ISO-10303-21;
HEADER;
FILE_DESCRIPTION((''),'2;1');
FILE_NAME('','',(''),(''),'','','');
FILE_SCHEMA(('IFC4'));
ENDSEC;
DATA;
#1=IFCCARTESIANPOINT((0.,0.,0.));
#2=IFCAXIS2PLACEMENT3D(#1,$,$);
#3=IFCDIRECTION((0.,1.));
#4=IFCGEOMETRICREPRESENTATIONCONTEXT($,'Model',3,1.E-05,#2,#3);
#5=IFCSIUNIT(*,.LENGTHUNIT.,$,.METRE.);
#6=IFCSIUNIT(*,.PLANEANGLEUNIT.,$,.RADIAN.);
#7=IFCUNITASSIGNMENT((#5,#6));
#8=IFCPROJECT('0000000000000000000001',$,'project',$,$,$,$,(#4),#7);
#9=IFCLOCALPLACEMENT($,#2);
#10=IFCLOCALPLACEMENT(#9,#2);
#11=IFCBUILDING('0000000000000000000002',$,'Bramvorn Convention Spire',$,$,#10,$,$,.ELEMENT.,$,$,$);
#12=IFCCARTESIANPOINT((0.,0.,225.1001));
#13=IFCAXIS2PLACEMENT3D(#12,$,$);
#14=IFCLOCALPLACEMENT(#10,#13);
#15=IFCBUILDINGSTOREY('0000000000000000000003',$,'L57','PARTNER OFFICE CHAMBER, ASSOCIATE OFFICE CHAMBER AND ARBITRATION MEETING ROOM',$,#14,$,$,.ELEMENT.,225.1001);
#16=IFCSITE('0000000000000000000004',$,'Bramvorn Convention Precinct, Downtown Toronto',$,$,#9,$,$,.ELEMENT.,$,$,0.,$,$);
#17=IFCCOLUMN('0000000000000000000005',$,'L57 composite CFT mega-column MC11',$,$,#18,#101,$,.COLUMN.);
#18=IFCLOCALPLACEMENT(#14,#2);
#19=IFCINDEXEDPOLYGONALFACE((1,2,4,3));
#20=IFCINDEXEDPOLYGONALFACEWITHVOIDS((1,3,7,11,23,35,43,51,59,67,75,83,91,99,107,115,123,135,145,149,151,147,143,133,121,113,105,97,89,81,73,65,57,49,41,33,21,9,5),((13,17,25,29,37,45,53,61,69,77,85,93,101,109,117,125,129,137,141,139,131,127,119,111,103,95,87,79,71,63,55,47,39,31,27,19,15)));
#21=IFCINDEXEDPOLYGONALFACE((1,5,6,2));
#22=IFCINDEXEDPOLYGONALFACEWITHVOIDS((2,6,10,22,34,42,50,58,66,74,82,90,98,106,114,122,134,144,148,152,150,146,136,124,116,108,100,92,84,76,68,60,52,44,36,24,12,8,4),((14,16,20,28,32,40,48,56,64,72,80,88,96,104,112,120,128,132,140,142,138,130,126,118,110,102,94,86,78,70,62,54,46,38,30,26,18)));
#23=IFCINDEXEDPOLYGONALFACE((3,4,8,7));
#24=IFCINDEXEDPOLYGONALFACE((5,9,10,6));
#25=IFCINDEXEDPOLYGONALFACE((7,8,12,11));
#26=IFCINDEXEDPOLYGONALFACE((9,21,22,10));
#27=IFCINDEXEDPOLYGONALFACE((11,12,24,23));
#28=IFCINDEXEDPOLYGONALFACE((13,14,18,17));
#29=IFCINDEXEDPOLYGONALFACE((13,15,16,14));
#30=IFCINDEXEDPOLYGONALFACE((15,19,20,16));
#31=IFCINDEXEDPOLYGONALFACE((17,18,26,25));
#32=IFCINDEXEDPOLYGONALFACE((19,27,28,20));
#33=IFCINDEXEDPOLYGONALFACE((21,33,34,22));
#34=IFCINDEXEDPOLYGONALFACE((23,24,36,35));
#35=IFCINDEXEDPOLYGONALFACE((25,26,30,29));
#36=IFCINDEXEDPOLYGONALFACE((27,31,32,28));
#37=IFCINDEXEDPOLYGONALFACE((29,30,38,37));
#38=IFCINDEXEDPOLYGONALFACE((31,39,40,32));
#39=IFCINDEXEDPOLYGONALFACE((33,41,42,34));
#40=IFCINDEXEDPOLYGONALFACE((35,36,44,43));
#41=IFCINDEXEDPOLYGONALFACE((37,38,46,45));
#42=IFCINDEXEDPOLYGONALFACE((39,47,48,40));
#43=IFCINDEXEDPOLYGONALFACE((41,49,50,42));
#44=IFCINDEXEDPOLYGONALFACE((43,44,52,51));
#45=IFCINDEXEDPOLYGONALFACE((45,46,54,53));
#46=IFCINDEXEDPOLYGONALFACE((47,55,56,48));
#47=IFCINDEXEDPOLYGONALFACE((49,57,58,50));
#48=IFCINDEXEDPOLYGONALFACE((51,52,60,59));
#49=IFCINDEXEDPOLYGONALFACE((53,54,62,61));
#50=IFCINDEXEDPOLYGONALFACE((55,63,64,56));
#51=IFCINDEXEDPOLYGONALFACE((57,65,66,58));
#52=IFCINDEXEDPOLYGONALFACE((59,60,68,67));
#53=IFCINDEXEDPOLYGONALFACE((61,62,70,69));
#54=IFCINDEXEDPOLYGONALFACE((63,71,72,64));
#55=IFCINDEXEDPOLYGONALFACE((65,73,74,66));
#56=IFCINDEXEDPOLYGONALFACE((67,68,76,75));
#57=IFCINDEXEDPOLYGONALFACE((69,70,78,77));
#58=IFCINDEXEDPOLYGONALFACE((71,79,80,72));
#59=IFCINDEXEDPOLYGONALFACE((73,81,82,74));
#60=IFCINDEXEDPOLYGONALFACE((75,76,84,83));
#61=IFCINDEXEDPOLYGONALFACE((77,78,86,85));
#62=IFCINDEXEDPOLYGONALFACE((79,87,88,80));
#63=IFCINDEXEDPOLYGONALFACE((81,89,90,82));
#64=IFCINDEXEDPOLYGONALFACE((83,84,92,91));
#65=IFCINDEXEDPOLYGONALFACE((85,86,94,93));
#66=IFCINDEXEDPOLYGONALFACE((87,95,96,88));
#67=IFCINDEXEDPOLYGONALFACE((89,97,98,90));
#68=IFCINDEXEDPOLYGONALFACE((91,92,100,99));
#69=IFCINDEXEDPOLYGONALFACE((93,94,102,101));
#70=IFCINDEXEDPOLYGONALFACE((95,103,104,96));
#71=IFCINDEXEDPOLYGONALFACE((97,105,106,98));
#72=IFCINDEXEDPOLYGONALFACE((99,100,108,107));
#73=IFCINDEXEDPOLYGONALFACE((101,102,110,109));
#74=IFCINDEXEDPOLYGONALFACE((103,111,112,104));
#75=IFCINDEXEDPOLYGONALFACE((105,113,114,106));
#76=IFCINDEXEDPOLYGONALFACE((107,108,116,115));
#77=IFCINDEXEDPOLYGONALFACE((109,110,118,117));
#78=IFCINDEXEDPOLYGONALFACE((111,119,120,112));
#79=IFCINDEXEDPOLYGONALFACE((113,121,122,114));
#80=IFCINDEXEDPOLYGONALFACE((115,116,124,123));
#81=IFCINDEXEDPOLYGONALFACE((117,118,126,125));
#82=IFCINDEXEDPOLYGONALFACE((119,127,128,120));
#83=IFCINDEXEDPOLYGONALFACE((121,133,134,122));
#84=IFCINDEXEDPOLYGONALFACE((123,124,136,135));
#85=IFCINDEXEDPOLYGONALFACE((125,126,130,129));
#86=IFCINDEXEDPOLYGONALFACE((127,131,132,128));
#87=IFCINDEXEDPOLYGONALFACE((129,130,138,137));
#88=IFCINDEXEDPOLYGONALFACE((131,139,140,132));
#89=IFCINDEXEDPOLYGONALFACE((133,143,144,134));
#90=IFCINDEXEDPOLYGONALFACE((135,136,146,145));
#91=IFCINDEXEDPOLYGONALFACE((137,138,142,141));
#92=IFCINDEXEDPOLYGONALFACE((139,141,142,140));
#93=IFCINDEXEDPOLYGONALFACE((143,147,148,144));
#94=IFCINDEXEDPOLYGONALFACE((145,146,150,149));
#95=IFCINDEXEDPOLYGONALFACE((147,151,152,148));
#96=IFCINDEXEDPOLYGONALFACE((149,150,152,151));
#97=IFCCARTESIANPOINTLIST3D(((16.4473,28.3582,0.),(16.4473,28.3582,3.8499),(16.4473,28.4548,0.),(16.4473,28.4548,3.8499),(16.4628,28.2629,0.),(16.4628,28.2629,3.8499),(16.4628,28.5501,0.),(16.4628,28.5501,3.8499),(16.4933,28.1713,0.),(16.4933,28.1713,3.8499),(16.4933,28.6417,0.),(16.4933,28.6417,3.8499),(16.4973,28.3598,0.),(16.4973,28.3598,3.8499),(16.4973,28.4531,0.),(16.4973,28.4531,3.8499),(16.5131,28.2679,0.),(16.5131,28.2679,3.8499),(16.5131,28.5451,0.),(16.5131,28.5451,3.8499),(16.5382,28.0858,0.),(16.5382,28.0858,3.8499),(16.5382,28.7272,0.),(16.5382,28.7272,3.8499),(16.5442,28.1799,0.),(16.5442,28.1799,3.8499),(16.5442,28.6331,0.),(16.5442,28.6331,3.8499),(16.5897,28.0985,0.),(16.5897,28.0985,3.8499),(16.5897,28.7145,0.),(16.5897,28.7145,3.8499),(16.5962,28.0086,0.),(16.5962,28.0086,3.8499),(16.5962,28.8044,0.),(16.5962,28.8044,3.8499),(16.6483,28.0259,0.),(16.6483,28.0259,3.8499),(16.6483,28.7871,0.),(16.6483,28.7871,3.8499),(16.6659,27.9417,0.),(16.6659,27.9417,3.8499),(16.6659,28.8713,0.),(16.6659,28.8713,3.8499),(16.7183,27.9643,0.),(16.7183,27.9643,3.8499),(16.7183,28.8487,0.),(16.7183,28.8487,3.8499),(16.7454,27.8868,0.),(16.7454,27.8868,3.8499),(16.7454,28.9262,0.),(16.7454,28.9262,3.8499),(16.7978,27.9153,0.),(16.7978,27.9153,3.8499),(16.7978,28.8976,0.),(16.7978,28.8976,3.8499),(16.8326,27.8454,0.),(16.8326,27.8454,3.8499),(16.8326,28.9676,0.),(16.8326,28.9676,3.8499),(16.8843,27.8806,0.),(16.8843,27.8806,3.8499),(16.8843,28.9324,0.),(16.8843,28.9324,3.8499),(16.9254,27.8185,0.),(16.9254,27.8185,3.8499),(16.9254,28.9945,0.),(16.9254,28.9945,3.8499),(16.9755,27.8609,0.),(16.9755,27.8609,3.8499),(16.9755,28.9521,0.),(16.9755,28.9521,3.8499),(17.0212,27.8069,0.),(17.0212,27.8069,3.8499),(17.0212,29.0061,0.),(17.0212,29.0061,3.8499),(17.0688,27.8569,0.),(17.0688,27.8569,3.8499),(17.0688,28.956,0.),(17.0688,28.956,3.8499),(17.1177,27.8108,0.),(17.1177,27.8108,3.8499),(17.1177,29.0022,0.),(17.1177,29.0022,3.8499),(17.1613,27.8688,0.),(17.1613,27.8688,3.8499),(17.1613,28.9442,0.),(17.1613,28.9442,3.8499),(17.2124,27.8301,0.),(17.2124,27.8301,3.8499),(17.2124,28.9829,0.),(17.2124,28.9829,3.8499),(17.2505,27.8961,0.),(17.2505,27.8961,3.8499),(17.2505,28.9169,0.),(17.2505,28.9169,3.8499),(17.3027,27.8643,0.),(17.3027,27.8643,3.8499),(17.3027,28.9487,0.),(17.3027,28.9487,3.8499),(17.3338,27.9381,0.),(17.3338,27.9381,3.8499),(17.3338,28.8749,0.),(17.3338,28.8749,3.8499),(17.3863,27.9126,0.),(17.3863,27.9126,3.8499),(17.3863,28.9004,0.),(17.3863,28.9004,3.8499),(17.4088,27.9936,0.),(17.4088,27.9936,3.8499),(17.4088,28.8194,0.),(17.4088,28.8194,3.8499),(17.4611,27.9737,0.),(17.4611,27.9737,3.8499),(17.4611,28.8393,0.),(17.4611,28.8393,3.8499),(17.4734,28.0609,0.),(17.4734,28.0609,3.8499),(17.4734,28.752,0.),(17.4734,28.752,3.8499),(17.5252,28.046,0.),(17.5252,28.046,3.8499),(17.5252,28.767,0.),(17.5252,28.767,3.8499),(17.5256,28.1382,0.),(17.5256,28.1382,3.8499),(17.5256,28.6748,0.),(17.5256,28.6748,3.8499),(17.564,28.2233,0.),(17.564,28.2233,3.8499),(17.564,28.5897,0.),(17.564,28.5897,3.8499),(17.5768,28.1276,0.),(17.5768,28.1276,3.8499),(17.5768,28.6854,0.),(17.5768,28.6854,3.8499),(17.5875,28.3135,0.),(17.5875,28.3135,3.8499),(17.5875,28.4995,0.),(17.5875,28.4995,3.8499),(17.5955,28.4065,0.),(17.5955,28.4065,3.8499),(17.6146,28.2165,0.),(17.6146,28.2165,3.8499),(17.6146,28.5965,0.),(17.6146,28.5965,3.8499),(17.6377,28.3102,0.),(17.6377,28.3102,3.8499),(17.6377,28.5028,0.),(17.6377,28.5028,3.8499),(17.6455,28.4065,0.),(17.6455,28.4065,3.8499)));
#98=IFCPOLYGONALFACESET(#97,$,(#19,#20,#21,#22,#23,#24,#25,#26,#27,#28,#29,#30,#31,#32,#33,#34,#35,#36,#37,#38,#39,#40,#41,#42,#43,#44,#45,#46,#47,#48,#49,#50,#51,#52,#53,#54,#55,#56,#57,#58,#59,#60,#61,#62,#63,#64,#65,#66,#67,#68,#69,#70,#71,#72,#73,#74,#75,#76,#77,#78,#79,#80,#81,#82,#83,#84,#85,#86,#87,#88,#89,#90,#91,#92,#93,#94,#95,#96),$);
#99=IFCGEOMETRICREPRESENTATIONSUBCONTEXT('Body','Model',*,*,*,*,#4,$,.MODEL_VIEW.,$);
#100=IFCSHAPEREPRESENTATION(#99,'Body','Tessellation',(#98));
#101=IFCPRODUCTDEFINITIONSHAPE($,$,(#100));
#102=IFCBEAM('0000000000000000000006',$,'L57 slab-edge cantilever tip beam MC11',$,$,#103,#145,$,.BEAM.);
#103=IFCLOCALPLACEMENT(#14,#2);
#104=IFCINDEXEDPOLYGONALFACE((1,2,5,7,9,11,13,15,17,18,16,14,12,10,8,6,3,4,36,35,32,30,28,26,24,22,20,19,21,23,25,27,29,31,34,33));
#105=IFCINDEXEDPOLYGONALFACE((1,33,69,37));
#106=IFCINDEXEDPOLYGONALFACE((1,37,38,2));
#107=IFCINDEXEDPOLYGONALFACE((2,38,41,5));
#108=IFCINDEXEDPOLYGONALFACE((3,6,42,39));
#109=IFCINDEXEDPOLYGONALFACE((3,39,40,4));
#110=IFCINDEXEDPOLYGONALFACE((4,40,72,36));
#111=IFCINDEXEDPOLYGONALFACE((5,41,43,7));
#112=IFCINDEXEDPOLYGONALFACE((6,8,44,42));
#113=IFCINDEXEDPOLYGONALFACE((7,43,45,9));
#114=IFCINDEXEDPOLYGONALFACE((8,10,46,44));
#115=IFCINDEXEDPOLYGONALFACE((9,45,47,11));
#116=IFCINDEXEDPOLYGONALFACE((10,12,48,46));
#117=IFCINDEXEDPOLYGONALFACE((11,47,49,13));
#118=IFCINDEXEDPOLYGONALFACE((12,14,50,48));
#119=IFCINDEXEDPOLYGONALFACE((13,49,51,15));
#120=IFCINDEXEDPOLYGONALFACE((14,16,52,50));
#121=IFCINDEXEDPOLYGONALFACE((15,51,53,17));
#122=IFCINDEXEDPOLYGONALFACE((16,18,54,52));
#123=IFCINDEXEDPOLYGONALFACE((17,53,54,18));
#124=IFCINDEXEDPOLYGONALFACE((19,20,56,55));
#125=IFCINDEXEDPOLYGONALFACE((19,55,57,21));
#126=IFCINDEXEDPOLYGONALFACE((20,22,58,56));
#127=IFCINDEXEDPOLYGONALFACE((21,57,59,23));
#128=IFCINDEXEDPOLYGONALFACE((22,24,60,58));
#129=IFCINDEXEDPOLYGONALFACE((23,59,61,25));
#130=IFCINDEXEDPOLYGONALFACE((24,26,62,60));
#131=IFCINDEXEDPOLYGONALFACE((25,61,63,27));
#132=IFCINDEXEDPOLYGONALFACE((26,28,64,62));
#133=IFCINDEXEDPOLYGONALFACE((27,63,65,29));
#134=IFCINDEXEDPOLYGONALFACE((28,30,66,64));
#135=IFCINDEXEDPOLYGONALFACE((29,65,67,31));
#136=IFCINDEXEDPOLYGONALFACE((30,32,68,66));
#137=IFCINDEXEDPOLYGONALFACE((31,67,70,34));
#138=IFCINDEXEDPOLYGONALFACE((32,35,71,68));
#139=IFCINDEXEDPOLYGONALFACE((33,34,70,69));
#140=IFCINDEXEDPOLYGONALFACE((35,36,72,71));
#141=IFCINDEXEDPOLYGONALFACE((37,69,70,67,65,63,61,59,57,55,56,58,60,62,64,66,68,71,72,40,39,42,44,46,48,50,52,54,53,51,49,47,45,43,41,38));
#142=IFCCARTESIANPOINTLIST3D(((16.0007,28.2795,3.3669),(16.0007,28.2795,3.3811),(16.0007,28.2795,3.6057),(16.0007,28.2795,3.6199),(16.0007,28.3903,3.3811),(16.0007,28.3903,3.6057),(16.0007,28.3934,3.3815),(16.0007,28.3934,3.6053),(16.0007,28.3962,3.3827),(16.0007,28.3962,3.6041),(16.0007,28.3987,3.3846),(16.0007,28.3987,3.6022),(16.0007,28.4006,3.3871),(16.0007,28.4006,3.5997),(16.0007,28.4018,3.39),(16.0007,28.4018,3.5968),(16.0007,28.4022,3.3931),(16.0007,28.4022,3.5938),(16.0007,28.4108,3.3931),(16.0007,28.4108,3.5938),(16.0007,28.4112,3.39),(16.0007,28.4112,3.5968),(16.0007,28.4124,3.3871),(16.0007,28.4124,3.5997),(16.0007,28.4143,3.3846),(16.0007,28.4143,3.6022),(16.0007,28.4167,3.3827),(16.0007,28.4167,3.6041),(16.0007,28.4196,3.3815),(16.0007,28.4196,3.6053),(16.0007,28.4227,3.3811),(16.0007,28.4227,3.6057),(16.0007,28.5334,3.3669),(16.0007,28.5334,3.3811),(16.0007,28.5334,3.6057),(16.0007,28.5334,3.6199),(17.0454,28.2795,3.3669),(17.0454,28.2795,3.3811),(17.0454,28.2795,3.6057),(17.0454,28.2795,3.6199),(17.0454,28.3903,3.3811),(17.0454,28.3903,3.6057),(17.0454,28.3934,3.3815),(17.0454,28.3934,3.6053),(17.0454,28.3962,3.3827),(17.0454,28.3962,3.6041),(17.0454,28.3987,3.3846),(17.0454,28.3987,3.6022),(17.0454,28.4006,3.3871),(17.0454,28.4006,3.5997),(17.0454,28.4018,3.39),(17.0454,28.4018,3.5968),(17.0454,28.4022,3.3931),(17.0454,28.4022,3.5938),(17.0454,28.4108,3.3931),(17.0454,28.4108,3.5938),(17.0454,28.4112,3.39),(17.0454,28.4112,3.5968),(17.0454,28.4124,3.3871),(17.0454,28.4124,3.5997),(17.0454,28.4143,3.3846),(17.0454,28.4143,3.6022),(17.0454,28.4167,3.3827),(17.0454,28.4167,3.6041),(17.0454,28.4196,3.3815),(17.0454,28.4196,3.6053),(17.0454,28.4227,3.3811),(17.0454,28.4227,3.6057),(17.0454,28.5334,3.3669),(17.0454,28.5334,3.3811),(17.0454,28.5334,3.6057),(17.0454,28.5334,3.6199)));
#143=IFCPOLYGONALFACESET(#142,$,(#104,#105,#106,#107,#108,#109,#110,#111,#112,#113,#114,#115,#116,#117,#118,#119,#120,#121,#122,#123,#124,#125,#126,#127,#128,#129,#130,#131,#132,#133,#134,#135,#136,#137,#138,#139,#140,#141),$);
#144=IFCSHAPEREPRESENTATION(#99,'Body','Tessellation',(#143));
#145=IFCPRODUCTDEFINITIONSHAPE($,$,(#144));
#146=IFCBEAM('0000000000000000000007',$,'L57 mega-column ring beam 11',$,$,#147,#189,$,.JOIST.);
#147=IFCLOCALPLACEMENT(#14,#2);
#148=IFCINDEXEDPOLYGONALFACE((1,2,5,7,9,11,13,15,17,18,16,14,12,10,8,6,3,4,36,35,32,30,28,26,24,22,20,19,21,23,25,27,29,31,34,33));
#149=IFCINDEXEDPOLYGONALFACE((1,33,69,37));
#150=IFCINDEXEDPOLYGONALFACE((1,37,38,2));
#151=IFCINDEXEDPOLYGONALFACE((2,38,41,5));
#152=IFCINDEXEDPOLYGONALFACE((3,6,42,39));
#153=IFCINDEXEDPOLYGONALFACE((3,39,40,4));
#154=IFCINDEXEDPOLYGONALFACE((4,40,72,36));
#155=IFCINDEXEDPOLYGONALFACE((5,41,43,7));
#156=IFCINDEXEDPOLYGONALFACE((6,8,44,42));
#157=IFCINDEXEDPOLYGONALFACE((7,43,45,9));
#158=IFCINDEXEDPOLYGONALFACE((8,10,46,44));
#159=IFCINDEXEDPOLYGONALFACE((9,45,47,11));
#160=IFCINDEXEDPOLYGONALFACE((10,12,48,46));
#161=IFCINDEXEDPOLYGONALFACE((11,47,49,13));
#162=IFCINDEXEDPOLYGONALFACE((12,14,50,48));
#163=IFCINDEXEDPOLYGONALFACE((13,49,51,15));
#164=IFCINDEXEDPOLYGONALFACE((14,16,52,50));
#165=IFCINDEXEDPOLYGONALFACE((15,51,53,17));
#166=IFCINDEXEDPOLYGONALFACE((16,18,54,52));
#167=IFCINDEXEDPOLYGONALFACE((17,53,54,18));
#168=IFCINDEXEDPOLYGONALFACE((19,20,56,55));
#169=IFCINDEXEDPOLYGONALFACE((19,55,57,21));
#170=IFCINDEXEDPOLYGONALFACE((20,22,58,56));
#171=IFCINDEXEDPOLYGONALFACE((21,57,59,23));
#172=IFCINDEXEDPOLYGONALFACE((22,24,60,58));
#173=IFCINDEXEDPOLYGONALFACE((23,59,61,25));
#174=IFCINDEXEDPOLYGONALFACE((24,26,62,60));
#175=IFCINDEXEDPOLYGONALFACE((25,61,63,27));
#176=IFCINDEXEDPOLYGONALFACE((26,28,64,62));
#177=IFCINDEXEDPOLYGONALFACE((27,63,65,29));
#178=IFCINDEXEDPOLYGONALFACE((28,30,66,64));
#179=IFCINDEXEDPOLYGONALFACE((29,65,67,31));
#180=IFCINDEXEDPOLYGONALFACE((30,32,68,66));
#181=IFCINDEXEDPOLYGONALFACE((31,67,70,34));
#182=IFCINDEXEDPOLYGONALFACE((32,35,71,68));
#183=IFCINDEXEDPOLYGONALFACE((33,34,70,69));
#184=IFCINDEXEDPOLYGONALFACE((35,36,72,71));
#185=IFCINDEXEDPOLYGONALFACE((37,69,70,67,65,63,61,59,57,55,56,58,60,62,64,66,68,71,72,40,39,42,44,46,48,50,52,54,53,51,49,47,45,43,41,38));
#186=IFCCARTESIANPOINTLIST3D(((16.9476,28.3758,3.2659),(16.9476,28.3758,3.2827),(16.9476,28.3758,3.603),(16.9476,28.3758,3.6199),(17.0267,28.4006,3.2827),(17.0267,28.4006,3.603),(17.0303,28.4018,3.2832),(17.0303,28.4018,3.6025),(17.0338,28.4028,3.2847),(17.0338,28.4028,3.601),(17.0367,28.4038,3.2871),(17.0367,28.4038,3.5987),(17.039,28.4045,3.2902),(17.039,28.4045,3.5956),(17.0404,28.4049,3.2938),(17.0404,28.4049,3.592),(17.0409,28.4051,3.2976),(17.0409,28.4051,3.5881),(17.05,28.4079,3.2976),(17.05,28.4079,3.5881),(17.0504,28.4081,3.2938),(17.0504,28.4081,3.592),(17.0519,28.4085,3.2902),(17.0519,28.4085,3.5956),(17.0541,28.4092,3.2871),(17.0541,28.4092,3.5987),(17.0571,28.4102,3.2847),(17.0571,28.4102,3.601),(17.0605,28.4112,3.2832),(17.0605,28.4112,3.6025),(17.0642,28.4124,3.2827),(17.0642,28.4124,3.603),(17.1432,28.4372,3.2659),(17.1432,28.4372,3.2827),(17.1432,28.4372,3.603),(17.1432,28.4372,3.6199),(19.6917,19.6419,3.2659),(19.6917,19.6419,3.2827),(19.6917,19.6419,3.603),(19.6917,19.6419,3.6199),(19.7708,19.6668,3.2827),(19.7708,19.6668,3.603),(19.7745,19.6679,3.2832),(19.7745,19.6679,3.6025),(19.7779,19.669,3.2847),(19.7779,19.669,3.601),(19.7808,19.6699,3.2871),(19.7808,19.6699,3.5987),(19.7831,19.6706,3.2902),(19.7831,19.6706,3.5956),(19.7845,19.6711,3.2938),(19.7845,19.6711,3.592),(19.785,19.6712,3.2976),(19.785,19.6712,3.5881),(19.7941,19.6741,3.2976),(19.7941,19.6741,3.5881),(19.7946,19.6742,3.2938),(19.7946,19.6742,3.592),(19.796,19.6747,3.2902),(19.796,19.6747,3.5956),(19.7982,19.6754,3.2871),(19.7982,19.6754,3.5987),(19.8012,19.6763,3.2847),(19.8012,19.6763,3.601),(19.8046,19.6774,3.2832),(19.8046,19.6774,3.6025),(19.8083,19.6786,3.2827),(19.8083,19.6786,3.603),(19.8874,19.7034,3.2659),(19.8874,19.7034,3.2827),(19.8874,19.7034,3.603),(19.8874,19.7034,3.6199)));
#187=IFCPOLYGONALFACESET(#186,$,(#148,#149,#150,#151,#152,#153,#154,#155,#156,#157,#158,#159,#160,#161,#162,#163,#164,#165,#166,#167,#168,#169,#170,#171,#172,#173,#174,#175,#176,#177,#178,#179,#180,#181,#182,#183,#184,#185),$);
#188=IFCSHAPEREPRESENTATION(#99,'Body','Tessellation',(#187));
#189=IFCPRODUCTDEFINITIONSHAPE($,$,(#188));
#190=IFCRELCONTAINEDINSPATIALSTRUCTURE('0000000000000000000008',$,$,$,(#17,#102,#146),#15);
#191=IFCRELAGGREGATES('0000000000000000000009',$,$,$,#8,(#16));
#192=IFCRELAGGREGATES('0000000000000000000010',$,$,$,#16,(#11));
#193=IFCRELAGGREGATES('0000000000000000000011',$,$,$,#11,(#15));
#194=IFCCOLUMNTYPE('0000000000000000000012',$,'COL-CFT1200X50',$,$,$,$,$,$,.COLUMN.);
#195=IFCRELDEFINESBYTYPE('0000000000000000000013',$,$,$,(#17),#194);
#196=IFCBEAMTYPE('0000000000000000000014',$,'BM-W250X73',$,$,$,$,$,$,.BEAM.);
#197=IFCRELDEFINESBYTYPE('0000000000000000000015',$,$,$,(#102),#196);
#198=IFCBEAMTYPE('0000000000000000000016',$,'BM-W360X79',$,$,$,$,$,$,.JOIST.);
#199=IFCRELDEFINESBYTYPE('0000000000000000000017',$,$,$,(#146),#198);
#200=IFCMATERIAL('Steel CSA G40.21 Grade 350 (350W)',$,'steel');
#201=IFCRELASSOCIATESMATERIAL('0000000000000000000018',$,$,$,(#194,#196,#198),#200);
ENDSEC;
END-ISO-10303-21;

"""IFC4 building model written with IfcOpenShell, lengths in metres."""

from ifc_helpers import new_model, si_unit, direction, frame, origin, origin_2d, place, context, subcontext, project, spatial, hollow_circle, i_section, extrude, material, material_profile, profile_set, type_object, element, save


model = new_model("IFC4")

# Units and contexts
model_context = context("Model", 3, precision=1e-05, world=origin(), true_north=direction((0.0, 1.0)))
body_context = subcontext(model_context, "Body", "Model", "MODEL_VIEW")
ifc_project = project(units=[si_unit("LENGTHUNIT", "METRE"), si_unit("PLANEANGLEUNIT", "RADIAN")], contexts=[model_context])

# Site, building, storey
site_placement = place(None, origin())
site = spatial("IfcSite", under=ifc_project, at=site_placement, Name="Bramvorn Convention Precinct, Downtown Toronto", CompositionType="ELEMENT", RefElevation=0.0)
building_placement = place(site_placement, origin())
building = spatial("IfcBuilding", under=site, at=building_placement, Name="Bramvorn Convention Spire", CompositionType="ELEMENT")
storey_placement = place(building_placement, frame((0.0, 0.0, 225.1001)))
storey = spatial("IfcBuildingStorey", under=building, at=storey_placement, Name="L57", Description="PARTNER OFFICE CHAMBER, ASSOCIATE OFFICE CHAMBER AND ARBITRATION MEETING ROOM", CompositionType="ELEMENT", Elevation=225.1001)

# Column
ifc_material_1 = material(Name="Steel CSA G40.21 Grade 350 (350W)", Category="steel")
ifc_material_profile_1 = material_profile(ifc_material_1, hollow_circle(Radius=0.6001, WallThickness=0.05, at=origin_2d()))
ifc_profile_set_1 = profile_set([ifc_material_profile_1], Name="Steel CSA G40.21 Grade 350 (350W) - CFT1200X50")
column_type = type_object("IfcColumnType", Name="COL-CFT1200X50", PredefinedType="COLUMN", material=ifc_profile_set_1)
column_placement = place(storey_placement, frame((17.0454, 28.4065, 0.0), z_axis=(0.0, 0.0, 1.0), x_axis=(1.0, 0.0, 0.0)))
element("IfcColumn", 1, at=column_placement, inside=storey, type_object=column_type, Name="L57 composite CFT mega-column MC11", PredefinedType="COLUMN", context=body_context, shape_type="SweptSolid", body=[
    extrude(hollow_circle(Radius=0.6001, WallThickness=0.05, at=origin_2d()), origin(), (0.0, 0.0, 1.0), 3.8499),
])

# Beams
ifc_material_profile_2 = material_profile(ifc_material_1, i_section(OverallWidth=0.2539, OverallDepth=0.2529, WebThickness=0.0085, FlangeThickness=0.0142, FilletRadius=0.012, at=origin_2d()))
ifc_profile_set_2 = profile_set([ifc_material_profile_2], Name="Steel CSA G40.21 Grade 350 (350W) - W250X73")
beam_type_1 = type_object("IfcBeamType", Name="BM-W250X73", PredefinedType="BEAM", material=ifc_profile_set_2)
beam_1_placement = place(storey_placement, frame((17.0454, 28.4065, 3.4934), z_axis=(-1.0, 0.0, 0.0), x_axis=(0.0, -1.0, 0.0)))
element("IfcBeam", 2, at=beam_1_placement, inside=storey, type_object=beam_type_1, Name="L57 slab-edge cantilever tip beam MC11", PredefinedType="BEAM", context=body_context, shape_type="SweptSolid", body=[
    extrude(i_section(OverallWidth=0.2539, OverallDepth=0.2529, WebThickness=0.0085, FlangeThickness=0.0142, FilletRadius=0.012, at=origin_2d()), origin(), (0.0, 0.0, 1.0), 1.0447),
])
ifc_material_profile_3 = material_profile(ifc_material_1, i_section(OverallWidth=0.2051, OverallDepth=0.354, WebThickness=0.0095, FlangeThickness=0.0168, FilletRadius=0.0149, at=origin_2d()))
ifc_profile_set_3 = profile_set([ifc_material_profile_3], Name="Steel CSA G40.21 Grade 350 (350W) - W360X79")
beam_type_2 = type_object("IfcBeamType", Name="BM-W360X79", PredefinedType="JOIST", material=ifc_profile_set_3)
beam_2_placement = place(storey_placement, frame((17.0454, 28.4065, 3.4429), z_axis=(0.299748, -0.954019, 0.0), x_axis=(0.954019, 0.299748, 0.0)))
element("IfcBeam", 3, at=beam_2_placement, inside=storey, type_object=beam_type_2, Name="L57 mega-column ring beam 11", PredefinedType="JOIST", context=body_context, shape_type="SweptSolid", body=[
    extrude(i_section(OverallWidth=0.2051, OverallDepth=0.354, WebThickness=0.0095, FlangeThickness=0.0168, FilletRadius=0.0149, at=origin_2d()), origin(), (0.0, 0.0, 1.0), 9.1548),
])

save(model, "model.ifc")
